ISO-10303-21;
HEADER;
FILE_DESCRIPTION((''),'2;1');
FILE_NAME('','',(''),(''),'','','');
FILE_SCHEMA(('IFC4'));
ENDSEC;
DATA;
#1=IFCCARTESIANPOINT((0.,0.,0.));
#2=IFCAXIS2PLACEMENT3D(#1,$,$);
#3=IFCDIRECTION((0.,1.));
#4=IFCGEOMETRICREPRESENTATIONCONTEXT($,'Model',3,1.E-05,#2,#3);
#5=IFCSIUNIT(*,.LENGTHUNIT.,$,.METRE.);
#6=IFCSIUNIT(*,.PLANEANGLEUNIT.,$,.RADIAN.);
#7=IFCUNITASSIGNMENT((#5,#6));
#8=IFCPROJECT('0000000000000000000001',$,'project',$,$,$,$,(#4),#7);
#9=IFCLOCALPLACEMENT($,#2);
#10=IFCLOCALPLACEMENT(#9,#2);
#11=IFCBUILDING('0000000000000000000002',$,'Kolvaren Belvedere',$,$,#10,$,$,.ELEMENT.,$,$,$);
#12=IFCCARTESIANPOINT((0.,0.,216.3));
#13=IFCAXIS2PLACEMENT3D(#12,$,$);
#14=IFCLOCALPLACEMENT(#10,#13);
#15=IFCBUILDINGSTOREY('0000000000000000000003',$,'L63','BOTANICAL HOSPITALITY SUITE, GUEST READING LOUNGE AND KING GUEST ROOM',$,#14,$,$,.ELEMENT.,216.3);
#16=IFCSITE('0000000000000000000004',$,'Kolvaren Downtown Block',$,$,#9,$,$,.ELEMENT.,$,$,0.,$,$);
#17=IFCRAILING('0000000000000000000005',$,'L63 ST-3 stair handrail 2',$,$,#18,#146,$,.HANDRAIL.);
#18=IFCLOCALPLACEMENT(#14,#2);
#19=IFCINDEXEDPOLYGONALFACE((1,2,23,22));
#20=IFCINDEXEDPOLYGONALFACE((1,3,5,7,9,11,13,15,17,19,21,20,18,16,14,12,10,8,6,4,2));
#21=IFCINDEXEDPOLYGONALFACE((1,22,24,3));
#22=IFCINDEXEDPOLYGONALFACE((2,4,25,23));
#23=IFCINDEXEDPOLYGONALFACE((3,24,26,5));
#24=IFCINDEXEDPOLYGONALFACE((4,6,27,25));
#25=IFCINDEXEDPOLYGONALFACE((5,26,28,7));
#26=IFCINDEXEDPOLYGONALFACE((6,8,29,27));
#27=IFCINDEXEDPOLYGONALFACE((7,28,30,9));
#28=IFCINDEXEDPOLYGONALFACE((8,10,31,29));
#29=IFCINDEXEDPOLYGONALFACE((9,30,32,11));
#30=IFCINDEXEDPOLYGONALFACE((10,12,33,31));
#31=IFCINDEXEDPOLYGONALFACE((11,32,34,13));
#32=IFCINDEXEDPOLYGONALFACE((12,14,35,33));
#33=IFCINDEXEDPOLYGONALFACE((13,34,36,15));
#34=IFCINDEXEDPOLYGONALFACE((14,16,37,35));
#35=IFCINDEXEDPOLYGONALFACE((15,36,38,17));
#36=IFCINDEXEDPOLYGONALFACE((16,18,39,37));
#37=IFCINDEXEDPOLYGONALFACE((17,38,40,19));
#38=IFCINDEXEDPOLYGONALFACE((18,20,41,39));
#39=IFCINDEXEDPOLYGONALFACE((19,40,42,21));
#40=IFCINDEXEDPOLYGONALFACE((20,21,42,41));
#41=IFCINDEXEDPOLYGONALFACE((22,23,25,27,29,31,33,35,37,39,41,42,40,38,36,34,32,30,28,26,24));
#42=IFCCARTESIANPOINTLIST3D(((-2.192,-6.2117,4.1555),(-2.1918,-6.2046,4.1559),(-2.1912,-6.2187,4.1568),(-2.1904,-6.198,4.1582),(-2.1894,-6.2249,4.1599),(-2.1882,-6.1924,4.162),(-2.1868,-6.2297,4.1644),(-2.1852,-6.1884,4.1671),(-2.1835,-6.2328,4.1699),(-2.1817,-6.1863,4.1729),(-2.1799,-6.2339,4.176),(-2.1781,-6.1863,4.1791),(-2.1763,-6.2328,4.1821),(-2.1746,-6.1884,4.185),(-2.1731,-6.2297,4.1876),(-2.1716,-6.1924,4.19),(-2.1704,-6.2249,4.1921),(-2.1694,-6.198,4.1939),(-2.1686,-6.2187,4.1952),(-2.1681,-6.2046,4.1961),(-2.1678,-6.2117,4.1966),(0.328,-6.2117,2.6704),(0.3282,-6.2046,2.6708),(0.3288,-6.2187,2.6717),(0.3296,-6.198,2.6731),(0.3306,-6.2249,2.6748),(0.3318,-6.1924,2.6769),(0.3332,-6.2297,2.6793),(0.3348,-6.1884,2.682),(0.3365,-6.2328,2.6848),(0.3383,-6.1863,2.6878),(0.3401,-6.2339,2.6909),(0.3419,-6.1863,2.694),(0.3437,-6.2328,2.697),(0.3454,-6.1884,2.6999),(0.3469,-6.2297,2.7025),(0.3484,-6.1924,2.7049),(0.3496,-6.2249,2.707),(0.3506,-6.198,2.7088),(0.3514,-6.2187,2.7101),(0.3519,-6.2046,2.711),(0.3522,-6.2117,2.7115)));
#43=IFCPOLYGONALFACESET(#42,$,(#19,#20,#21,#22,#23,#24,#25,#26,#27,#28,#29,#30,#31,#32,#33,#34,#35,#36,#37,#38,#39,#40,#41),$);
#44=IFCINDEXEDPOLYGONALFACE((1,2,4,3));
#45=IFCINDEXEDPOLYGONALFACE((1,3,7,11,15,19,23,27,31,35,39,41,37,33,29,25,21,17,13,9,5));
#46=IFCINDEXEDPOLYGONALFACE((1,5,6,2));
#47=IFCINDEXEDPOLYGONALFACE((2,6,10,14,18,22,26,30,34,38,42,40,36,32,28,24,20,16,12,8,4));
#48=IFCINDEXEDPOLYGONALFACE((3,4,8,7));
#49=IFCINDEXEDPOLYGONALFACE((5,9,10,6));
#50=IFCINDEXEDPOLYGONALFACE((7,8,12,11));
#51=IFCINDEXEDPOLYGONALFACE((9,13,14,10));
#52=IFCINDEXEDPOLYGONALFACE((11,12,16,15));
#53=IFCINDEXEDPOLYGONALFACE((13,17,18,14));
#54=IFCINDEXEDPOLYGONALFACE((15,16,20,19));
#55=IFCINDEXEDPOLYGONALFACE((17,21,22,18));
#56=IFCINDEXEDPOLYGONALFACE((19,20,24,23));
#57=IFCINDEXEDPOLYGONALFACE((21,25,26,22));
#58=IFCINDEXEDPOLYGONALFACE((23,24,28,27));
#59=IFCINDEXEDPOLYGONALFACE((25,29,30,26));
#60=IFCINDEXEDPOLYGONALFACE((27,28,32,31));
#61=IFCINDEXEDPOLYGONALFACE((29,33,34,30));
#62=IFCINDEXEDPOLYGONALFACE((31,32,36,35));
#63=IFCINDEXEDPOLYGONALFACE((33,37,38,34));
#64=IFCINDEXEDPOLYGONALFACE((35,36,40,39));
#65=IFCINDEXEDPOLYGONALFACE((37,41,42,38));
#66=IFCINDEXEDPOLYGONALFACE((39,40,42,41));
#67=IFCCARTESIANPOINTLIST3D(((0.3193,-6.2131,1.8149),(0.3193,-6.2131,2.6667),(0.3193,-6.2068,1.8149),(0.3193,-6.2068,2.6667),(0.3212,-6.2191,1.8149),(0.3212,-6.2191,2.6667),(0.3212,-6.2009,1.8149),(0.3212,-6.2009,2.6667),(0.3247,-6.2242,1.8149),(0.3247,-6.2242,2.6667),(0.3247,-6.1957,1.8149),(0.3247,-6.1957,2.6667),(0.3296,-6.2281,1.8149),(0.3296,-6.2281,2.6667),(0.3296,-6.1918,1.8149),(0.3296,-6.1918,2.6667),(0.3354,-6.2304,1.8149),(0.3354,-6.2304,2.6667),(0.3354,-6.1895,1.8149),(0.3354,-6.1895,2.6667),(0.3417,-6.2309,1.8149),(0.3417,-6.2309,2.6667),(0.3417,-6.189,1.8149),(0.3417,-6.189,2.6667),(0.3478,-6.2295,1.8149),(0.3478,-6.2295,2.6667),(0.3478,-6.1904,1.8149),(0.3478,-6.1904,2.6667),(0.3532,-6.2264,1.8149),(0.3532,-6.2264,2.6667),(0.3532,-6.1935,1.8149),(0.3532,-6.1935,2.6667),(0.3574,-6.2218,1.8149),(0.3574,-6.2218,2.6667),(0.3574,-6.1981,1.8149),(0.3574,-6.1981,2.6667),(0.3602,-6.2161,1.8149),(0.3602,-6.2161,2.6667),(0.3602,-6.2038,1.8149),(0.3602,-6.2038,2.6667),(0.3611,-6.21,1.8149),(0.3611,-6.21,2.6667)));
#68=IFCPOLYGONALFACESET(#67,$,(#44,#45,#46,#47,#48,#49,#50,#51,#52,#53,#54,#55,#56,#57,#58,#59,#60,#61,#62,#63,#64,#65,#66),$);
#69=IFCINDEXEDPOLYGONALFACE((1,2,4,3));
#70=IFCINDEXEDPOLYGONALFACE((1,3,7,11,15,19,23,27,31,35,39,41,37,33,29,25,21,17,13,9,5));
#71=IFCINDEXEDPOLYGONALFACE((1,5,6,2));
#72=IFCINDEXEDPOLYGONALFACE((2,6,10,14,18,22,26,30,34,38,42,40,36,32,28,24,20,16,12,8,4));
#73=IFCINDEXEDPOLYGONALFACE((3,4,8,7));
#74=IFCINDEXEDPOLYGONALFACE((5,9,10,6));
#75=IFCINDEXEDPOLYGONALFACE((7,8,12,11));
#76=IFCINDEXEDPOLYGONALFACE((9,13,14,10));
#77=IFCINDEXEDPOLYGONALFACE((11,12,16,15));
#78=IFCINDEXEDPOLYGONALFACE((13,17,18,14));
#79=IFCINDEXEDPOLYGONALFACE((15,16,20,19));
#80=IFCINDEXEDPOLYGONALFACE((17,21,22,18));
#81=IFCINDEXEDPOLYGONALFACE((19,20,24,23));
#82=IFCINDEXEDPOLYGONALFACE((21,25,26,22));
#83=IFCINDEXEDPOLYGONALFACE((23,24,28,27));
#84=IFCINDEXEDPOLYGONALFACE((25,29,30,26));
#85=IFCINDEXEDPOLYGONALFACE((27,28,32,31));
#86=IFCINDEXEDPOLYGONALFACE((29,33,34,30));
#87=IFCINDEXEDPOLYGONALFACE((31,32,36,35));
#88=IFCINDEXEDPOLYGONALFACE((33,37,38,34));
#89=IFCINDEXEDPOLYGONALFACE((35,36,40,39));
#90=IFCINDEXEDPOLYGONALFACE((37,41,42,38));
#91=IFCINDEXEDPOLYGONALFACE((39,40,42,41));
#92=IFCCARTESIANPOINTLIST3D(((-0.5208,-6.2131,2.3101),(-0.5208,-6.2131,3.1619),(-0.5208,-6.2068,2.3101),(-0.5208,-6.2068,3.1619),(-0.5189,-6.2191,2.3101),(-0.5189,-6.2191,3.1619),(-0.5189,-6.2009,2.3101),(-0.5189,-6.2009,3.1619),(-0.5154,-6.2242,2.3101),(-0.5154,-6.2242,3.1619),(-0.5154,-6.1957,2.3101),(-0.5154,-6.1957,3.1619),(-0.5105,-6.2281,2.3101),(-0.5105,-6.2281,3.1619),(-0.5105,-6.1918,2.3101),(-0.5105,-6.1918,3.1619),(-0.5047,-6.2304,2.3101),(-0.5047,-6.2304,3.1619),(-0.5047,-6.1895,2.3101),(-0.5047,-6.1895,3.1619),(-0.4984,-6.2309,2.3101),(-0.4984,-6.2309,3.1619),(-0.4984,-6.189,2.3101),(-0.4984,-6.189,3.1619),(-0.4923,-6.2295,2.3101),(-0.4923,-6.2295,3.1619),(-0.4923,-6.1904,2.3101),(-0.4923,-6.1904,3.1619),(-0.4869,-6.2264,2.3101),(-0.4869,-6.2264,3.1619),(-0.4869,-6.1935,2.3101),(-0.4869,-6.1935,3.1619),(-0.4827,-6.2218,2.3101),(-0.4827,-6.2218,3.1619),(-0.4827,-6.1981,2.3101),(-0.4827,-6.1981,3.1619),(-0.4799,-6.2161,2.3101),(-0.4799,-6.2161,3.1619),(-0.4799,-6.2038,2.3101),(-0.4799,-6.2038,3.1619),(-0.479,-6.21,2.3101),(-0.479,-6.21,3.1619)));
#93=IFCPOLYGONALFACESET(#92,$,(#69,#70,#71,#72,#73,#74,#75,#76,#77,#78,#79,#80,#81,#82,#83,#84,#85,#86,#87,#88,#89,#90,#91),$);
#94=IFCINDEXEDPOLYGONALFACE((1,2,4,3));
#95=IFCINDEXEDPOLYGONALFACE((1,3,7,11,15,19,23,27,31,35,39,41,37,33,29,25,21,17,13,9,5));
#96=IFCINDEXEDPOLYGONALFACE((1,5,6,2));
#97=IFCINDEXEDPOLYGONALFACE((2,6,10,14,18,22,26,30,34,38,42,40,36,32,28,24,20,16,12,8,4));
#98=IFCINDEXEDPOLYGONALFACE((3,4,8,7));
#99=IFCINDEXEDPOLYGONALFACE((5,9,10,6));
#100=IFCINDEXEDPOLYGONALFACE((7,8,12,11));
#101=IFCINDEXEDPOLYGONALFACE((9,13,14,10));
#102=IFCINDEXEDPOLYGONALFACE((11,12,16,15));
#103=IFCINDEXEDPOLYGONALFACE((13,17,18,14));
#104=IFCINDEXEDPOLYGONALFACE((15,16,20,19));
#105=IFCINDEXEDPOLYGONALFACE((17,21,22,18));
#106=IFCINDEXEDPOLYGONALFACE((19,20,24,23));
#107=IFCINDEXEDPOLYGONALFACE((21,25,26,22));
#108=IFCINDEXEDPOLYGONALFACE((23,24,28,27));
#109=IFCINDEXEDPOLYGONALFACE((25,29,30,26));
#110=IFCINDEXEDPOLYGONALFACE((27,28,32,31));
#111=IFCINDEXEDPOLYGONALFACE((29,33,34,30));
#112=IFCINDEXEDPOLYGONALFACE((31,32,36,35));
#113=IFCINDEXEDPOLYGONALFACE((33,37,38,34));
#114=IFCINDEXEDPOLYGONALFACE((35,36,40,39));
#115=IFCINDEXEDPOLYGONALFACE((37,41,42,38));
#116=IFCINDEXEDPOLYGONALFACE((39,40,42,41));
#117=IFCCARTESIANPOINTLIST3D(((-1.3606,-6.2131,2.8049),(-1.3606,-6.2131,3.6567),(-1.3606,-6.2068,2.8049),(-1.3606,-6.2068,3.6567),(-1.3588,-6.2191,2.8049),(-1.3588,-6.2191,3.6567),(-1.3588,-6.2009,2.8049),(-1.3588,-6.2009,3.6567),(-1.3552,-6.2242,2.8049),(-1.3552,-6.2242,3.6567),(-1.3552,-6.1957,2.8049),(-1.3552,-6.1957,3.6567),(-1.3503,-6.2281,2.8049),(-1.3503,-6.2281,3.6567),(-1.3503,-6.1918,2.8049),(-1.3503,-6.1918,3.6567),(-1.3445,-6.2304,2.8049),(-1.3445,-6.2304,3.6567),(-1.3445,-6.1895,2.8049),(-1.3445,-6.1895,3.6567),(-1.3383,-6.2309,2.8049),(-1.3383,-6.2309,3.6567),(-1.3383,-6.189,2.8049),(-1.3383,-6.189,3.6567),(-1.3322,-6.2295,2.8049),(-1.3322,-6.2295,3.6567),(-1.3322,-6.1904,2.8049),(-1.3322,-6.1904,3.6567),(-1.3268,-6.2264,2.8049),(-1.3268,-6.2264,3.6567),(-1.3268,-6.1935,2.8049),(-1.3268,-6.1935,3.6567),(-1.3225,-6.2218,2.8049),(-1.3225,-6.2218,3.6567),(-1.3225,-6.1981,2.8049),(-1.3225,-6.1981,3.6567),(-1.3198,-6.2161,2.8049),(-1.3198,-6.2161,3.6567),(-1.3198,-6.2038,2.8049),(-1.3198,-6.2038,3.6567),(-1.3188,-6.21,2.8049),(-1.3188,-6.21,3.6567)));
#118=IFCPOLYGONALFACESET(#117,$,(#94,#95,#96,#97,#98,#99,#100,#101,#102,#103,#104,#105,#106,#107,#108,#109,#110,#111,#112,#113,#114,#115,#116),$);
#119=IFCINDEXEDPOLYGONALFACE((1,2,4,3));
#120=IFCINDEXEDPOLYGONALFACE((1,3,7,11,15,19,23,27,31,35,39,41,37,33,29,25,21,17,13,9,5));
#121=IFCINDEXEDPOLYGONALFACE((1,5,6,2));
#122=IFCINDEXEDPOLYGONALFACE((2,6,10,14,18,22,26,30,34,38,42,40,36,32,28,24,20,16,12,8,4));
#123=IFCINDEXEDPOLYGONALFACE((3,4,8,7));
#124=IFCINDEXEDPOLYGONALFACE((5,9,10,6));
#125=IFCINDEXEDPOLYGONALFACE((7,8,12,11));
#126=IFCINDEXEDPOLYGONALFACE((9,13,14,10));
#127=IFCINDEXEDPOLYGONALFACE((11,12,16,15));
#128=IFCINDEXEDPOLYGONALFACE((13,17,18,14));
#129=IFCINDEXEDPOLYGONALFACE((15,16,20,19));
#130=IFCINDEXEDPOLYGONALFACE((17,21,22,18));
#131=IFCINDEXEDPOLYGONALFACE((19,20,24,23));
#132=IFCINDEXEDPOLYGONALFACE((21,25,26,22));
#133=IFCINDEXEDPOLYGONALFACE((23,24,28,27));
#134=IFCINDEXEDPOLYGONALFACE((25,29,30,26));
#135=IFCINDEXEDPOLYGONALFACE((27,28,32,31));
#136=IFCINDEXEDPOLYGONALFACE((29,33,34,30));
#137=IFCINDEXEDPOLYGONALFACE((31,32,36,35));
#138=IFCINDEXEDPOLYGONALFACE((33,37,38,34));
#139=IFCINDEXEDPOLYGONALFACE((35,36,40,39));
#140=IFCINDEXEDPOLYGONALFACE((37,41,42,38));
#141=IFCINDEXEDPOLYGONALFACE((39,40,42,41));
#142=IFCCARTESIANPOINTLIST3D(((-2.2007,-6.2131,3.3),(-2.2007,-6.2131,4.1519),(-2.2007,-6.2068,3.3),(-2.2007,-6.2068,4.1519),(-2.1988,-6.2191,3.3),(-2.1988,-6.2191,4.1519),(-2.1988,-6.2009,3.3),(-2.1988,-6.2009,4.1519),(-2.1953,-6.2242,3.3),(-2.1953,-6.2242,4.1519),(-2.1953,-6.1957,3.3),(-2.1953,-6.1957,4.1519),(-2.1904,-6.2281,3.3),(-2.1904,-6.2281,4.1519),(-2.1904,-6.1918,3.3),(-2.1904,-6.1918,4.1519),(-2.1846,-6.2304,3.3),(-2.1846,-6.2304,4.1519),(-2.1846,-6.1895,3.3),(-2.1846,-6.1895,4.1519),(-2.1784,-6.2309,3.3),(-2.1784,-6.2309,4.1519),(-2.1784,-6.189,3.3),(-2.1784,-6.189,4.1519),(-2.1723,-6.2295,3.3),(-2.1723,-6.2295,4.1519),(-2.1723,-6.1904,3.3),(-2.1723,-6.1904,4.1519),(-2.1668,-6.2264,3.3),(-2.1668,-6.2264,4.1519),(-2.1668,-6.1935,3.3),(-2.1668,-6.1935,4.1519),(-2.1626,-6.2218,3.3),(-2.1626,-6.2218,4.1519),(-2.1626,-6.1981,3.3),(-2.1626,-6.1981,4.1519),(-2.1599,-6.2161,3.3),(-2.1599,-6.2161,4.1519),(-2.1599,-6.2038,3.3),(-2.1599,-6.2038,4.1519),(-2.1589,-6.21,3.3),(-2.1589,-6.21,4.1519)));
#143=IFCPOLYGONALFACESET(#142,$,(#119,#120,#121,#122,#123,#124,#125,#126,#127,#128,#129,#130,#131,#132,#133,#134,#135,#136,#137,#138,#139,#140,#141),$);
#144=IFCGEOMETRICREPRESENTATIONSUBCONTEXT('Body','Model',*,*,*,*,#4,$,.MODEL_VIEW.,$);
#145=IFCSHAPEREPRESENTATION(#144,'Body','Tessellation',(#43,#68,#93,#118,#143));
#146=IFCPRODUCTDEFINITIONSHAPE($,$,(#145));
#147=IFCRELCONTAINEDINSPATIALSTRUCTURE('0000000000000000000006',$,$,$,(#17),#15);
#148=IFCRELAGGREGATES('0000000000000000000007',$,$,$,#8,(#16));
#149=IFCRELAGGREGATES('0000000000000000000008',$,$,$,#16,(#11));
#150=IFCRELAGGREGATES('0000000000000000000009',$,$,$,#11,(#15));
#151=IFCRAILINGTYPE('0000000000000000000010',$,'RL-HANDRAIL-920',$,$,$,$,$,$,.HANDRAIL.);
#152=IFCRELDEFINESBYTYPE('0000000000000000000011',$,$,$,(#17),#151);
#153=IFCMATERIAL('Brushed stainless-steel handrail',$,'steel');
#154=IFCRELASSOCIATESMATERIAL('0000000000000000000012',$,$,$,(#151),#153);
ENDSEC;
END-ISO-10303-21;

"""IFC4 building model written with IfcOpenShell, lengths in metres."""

from ifc_helpers import new_model, si_unit, direction, frame, origin, origin_2d, place, context, subcontext, project, spatial, circle, extrude, material, type_object, element, save


model = new_model("IFC4")

# Units and contexts
model_context = context("Model", 3, precision=1e-05, world=origin(), true_north=direction((0.0, 1.0)))
body_context = subcontext(model_context, "Body", "Model", "MODEL_VIEW")
ifc_project = project(units=[si_unit("LENGTHUNIT", "METRE"), si_unit("PLANEANGLEUNIT", "RADIAN")], contexts=[model_context])

# Site, building, storey
site_placement = place(None, origin())
site = spatial("IfcSite", under=ifc_project, at=site_placement, Name="Kolvaren Downtown Block", CompositionType="ELEMENT", RefElevation=0.0)
building_placement = place(site_placement, origin())
building = spatial("IfcBuilding", under=site, at=building_placement, Name="Kolvaren Belvedere", CompositionType="ELEMENT")
storey_placement = place(building_placement, frame((0.0, 0.0, 216.3)))
storey = spatial("IfcBuildingStorey", under=building, at=storey_placement, Name="L63", Description="BOTANICAL HOSPITALITY SUITE, GUEST READING LOUNGE AND KING GUEST ROOM", CompositionType="ELEMENT", Elevation=216.3)

# Railing
ifc_material_1 = material(Name="Brushed stainless-steel handrail", Category="steel")
railing_type_1 = type_object("IfcRailingType", Name="RL-HANDRAIL-920", PredefinedType="HANDRAIL", material=ifc_material_1)
railing_1_placement = place(storey_placement, frame((0.3401, -6.21, 1.8149)))
element("IfcRailing", 1, at=railing_1_placement, inside=storey, type_object=railing_type_1, Name="L63 ST-3 stair handrail 2", PredefinedType="HANDRAIL", context=body_context, shape_type="SweptSolid", body=[
    extrude(circle(Radius=0.0239, at=origin_2d()), frame((0.0, 0.0, 0.876), z_axis=(-0.861524, 0.0, 0.507717), x_axis=(0.0, -1.0, 0.0)), (0.0, 0.0, 1.0), 2.925),
    extrude(circle(Radius=0.021, at=origin_2d()), origin(), (0.0, 0.0, 1.0), 0.8518),
    extrude(circle(Radius=0.021, at=origin_2d()), frame((-0.8401, 0.0, 0.4951)), (0.0, 0.0, 1.0), 0.8518),
    extrude(circle(Radius=0.021, at=origin_2d()), frame((-1.6799, 0.0, 0.99)), (0.0, 0.0, 1.0), 0.8518),
    extrude(circle(Radius=0.021, at=origin_2d()), frame((-2.52, 0.0, 1.4851)), (0.0, 0.0, 1.0), 0.8518),
])

save(model, "model.ifc")
